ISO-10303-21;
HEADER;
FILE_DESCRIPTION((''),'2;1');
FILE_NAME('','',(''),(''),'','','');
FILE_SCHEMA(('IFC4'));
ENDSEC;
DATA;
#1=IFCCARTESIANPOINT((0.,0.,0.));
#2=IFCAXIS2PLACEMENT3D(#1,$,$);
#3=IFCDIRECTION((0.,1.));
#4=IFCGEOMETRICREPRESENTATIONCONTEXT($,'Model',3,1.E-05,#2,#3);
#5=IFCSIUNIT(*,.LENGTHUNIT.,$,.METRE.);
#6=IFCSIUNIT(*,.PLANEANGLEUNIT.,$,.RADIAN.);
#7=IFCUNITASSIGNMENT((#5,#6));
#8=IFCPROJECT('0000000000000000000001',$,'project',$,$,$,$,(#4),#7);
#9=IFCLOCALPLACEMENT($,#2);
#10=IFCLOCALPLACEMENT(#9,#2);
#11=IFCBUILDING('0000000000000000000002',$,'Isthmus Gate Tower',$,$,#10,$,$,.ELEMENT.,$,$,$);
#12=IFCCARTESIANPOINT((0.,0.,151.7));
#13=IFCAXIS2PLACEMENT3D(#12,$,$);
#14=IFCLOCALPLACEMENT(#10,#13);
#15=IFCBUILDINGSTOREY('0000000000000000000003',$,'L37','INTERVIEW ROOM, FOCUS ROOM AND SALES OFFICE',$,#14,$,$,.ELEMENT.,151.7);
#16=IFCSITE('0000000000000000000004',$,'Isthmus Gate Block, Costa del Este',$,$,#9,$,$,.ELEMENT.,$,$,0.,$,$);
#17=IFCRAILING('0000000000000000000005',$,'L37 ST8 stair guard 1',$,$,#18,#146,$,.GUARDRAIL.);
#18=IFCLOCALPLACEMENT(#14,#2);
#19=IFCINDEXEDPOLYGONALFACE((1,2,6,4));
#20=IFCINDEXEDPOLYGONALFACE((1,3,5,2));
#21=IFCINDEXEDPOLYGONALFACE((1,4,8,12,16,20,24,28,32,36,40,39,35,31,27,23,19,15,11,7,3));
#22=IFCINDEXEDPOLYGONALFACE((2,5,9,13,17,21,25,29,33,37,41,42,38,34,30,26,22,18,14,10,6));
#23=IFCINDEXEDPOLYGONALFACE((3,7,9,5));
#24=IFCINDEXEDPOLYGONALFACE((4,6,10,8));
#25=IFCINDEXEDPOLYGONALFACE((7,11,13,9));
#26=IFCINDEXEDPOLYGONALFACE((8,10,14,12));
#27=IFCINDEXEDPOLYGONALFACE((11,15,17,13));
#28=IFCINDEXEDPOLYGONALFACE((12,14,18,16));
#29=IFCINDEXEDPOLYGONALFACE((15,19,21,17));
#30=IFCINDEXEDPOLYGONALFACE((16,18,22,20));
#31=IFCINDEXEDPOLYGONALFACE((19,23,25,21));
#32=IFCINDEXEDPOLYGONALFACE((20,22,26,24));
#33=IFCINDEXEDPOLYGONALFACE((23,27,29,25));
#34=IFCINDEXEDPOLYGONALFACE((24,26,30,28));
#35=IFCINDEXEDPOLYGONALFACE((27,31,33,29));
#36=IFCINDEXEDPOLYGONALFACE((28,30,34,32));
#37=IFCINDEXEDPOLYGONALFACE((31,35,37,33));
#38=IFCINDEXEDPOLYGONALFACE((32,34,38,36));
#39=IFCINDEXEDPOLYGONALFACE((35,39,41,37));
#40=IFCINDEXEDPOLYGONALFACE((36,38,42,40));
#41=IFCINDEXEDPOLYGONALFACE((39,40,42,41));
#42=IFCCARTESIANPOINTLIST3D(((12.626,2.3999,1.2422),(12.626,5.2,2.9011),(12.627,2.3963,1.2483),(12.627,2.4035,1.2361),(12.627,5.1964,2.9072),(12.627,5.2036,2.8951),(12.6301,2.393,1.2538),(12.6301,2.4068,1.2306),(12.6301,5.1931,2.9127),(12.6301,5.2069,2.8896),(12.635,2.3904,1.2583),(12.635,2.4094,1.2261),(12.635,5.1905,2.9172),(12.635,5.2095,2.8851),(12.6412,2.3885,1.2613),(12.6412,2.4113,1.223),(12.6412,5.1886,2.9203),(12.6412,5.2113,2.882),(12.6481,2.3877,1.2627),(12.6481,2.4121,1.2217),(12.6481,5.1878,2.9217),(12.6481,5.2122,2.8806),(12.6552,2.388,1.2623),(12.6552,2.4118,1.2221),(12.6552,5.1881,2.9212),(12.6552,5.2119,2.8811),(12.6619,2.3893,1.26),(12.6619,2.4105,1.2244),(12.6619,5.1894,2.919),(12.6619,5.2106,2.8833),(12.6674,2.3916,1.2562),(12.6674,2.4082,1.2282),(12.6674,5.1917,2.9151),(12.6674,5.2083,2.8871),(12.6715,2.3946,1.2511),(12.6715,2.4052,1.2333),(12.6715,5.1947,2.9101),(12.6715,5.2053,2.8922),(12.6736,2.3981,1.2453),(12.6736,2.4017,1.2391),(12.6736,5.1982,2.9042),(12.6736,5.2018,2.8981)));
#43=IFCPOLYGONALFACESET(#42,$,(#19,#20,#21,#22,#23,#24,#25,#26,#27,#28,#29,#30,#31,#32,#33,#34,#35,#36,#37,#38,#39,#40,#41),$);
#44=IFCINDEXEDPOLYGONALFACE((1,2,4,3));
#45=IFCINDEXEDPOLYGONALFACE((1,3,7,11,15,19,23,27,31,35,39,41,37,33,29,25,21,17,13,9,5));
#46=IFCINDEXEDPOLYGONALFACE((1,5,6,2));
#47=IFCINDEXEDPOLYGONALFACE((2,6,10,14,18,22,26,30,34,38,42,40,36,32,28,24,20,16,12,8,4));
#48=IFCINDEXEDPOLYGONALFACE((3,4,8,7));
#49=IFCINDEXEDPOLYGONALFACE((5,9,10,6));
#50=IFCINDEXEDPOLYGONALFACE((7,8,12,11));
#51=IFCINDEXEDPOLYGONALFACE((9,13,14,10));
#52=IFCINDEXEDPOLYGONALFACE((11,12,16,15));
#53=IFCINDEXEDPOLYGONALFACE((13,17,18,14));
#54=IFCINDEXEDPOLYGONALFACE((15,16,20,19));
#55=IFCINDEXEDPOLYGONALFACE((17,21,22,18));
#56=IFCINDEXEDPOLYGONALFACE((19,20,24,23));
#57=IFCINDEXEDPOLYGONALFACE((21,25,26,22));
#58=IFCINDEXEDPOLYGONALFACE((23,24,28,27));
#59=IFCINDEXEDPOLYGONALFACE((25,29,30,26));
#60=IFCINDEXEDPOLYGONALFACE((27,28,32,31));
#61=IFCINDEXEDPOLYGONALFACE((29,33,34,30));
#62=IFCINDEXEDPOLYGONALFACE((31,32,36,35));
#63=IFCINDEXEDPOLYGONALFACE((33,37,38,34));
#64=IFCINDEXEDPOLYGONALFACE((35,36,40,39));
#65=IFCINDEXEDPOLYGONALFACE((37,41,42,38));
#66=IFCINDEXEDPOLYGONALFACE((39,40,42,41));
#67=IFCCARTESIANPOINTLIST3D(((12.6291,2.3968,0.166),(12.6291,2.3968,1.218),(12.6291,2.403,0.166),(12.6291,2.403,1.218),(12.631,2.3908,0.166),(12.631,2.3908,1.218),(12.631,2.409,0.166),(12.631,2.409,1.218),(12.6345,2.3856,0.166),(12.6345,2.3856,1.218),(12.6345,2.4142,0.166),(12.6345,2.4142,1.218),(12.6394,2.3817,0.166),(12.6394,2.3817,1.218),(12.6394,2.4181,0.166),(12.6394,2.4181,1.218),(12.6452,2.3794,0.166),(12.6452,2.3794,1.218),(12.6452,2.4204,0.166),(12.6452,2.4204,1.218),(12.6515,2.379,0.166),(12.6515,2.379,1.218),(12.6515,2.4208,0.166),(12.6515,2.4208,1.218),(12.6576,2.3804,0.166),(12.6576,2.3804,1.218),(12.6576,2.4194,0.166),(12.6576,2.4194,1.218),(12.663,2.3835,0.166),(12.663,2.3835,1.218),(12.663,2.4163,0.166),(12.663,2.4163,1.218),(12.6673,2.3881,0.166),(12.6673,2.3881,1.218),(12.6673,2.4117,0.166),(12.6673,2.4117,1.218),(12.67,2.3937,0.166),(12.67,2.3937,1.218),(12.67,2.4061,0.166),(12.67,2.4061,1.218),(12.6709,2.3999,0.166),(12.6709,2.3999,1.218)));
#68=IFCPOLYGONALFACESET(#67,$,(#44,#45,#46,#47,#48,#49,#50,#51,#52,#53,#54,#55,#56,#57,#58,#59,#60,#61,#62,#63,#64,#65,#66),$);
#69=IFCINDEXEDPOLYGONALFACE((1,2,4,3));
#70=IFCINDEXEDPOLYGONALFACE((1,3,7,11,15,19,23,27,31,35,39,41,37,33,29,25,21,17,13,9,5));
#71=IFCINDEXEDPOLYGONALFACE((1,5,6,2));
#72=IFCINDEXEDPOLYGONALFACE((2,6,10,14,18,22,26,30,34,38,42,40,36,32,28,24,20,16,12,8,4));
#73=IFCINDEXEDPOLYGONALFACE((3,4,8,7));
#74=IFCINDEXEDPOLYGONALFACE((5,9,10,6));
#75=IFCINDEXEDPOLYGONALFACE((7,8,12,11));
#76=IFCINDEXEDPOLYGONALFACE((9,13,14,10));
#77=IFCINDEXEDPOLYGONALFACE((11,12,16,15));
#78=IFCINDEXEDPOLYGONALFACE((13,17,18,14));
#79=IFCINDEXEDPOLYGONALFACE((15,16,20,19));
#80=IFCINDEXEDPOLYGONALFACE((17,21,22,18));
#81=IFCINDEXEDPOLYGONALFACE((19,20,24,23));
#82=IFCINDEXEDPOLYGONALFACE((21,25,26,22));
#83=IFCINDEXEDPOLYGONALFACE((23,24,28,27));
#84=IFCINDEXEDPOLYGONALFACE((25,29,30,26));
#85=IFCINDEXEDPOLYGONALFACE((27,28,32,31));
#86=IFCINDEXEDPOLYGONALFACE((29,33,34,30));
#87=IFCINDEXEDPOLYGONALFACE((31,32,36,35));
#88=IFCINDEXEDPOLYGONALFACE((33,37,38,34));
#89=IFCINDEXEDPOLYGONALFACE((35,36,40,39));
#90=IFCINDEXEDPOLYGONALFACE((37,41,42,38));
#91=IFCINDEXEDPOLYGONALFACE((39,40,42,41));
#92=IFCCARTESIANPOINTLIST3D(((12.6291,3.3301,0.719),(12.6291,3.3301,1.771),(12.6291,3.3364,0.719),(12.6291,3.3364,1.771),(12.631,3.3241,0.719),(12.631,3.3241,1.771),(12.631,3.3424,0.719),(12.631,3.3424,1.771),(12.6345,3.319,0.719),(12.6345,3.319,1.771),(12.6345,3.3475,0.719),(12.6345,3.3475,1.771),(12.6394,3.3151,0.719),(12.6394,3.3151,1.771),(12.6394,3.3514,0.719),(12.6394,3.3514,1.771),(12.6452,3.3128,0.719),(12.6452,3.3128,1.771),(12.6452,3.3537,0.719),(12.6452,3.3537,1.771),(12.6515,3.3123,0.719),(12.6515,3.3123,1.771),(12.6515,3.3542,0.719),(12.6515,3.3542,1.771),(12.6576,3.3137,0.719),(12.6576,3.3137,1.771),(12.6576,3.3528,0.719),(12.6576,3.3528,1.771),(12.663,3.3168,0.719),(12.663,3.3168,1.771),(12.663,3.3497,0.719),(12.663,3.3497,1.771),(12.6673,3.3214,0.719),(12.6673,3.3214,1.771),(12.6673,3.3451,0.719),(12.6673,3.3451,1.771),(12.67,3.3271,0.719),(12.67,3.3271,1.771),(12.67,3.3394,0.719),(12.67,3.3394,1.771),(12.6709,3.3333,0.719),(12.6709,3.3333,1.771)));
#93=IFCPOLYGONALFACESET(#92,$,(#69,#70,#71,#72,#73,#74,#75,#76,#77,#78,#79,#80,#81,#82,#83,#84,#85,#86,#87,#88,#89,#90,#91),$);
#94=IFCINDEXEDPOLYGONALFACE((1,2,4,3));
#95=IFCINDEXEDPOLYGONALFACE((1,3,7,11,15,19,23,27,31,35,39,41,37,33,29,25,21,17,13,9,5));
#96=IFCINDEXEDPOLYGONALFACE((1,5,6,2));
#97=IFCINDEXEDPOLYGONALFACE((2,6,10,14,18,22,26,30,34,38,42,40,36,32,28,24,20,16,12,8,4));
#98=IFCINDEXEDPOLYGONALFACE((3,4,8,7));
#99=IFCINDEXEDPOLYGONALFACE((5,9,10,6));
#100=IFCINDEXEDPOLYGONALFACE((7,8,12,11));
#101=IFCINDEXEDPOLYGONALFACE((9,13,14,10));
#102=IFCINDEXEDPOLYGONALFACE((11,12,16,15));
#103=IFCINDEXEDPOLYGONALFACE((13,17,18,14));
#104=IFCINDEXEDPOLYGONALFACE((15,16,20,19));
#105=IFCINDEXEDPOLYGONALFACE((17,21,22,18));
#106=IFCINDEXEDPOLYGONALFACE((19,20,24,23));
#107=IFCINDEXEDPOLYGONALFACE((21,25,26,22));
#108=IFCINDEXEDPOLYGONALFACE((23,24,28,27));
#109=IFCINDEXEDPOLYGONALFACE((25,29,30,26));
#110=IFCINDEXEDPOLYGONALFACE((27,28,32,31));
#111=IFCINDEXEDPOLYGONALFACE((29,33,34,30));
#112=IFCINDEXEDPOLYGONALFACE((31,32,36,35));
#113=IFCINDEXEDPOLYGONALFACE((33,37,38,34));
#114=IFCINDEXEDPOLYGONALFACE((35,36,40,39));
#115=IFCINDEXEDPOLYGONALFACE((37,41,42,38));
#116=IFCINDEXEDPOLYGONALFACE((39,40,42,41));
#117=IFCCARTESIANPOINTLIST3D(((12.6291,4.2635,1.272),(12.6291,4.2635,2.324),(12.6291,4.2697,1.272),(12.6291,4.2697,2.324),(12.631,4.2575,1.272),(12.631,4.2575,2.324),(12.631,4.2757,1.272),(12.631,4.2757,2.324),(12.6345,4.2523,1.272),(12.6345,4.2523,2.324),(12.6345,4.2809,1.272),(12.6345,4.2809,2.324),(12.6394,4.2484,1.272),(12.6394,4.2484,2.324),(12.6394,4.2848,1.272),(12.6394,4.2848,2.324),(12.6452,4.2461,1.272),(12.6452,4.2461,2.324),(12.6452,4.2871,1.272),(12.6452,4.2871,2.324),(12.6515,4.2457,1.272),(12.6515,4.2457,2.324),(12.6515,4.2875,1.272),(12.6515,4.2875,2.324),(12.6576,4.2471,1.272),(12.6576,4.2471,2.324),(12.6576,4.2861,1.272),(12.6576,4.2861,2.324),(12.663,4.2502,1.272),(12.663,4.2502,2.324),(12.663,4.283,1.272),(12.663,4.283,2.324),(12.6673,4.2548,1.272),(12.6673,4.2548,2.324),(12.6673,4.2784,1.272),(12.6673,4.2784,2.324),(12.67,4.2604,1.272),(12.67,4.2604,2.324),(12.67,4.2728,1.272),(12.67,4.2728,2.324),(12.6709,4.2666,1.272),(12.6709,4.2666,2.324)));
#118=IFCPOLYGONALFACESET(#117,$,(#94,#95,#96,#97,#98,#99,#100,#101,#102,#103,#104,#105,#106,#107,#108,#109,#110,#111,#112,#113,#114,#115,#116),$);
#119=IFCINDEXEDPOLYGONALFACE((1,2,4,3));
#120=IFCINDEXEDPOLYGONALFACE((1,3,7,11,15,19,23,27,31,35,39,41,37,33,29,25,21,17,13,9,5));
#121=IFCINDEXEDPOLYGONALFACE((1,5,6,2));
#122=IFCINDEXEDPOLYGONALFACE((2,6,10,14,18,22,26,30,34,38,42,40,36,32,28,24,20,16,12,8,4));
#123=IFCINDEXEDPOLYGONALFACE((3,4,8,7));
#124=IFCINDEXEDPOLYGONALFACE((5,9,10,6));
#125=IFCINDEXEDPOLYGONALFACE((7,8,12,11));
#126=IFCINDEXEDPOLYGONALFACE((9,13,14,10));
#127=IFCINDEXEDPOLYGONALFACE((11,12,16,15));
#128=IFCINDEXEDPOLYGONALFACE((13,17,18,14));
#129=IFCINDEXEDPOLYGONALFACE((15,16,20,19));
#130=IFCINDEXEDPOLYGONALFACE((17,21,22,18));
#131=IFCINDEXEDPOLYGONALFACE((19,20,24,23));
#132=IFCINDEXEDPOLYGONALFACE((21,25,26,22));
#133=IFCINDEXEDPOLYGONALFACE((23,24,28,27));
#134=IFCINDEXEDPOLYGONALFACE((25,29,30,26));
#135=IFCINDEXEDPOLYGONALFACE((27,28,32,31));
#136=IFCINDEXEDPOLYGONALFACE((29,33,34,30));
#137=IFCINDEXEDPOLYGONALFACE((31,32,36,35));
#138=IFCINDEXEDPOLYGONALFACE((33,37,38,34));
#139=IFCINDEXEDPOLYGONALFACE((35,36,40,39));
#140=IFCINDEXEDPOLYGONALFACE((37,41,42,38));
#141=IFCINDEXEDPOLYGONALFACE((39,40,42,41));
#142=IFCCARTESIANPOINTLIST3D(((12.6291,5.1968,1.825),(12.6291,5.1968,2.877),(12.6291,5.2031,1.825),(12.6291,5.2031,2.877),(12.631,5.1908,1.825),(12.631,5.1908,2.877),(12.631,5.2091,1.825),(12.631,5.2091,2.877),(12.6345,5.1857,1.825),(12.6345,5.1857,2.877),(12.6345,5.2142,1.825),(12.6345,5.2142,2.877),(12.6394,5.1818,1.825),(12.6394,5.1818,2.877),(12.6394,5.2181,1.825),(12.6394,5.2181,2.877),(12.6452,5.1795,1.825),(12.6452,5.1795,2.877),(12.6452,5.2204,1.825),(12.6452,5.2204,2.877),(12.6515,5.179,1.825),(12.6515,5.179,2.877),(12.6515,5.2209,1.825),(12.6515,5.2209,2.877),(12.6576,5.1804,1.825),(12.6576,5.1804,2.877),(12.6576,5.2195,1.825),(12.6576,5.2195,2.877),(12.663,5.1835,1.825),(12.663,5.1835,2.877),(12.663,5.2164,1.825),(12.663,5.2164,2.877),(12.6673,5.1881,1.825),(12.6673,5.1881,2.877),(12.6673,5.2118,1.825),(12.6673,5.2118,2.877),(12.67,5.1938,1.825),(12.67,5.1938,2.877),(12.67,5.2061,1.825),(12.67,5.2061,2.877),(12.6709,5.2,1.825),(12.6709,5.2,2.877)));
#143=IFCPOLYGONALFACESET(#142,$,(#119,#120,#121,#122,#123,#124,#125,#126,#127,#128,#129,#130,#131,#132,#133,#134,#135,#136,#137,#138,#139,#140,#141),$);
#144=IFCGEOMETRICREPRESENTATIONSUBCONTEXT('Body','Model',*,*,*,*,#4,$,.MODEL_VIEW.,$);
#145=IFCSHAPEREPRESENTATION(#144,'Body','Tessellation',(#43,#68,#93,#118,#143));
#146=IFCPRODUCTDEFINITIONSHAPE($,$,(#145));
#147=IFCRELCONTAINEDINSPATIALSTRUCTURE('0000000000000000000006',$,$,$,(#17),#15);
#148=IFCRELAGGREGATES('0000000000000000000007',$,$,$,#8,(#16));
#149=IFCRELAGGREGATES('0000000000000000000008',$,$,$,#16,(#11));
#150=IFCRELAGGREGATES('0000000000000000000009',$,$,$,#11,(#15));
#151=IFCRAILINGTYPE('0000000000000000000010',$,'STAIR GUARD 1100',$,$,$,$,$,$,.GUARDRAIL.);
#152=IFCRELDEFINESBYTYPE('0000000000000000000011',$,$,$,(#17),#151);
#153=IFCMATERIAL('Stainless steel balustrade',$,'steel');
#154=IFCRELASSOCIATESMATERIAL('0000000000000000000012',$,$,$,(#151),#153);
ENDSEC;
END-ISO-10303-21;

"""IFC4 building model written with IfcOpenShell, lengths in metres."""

from ifc_helpers import new_model, si_unit, direction, frame, origin, origin_2d, place, context, subcontext, project, spatial, circle, extrude, material, type_object, element, save


model = new_model("IFC4")

# Units and contexts
model_context = context("Model", 3, precision=1e-05, world=origin(), true_north=direction((0.0, 1.0)))
body_context = subcontext(model_context, "Body", "Model", "MODEL_VIEW")
ifc_project = project(units=[si_unit("LENGTHUNIT", "METRE"), si_unit("PLANEANGLEUNIT", "RADIAN")], contexts=[model_context])

# Site, building, storey
site_placement = place(None, origin())
site = spatial("IfcSite", under=ifc_project, at=site_placement, Name="Isthmus Gate Block, Costa del Este", CompositionType="ELEMENT", RefElevation=0.0)
building_placement = place(site_placement, origin())
building = spatial("IfcBuilding", under=site, at=building_placement, Name="Isthmus Gate Tower", CompositionType="ELEMENT")
storey_placement = place(building_placement, frame((0.0, 0.0, 151.7)))
storey = spatial("IfcBuildingStorey", under=building, at=storey_placement, Name="L37", Description="INTERVIEW ROOM, FOCUS ROOM AND SALES OFFICE", CompositionType="ELEMENT", Elevation=151.7)

# Railing
ifc_material_1 = material(Name="Stainless steel balustrade", Category="steel")
railing_type_1 = type_object("IfcRailingType", Name="STAIR GUARD 1100", PredefinedType="GUARDRAIL", material=ifc_material_1)
railing_1_placement = place(storey_placement, frame((12.6499, 2.3999, 0.166)))
element("IfcRailing", 1, at=railing_1_placement, inside=storey, type_object=railing_type_1, Name="L37 ST8 stair guard 1", PredefinedType="GUARDRAIL", context=body_context, shape_type="SweptSolid", body=[
    extrude(circle(Radius=0.0239, at=origin_2d()), frame((0.0, 0.0, 1.0762), z_axis=(0.0, 0.860339, 0.509722), x_axis=(-1.0, 0.0, 0.0)), (0.0, 0.0, 1.0), 3.2546),
    extrude(circle(Radius=0.021, at=origin_2d()), origin(), (0.0, 0.0, 1.0), 1.052),
    extrude(circle(Radius=0.021, at=origin_2d()), frame((0.0, 0.9333, 0.553)), (0.0, 0.0, 1.0), 1.052),
    extrude(circle(Radius=0.021, at=origin_2d()), frame((0.0, 1.8667, 1.106)), (0.0, 0.0, 1.0), 1.052),
    extrude(circle(Radius=0.021, at=origin_2d()), frame((0.0, 2.8, 1.6589)), (0.0, 0.0, 1.0), 1.052),
])

save(model, "model.ifc")
